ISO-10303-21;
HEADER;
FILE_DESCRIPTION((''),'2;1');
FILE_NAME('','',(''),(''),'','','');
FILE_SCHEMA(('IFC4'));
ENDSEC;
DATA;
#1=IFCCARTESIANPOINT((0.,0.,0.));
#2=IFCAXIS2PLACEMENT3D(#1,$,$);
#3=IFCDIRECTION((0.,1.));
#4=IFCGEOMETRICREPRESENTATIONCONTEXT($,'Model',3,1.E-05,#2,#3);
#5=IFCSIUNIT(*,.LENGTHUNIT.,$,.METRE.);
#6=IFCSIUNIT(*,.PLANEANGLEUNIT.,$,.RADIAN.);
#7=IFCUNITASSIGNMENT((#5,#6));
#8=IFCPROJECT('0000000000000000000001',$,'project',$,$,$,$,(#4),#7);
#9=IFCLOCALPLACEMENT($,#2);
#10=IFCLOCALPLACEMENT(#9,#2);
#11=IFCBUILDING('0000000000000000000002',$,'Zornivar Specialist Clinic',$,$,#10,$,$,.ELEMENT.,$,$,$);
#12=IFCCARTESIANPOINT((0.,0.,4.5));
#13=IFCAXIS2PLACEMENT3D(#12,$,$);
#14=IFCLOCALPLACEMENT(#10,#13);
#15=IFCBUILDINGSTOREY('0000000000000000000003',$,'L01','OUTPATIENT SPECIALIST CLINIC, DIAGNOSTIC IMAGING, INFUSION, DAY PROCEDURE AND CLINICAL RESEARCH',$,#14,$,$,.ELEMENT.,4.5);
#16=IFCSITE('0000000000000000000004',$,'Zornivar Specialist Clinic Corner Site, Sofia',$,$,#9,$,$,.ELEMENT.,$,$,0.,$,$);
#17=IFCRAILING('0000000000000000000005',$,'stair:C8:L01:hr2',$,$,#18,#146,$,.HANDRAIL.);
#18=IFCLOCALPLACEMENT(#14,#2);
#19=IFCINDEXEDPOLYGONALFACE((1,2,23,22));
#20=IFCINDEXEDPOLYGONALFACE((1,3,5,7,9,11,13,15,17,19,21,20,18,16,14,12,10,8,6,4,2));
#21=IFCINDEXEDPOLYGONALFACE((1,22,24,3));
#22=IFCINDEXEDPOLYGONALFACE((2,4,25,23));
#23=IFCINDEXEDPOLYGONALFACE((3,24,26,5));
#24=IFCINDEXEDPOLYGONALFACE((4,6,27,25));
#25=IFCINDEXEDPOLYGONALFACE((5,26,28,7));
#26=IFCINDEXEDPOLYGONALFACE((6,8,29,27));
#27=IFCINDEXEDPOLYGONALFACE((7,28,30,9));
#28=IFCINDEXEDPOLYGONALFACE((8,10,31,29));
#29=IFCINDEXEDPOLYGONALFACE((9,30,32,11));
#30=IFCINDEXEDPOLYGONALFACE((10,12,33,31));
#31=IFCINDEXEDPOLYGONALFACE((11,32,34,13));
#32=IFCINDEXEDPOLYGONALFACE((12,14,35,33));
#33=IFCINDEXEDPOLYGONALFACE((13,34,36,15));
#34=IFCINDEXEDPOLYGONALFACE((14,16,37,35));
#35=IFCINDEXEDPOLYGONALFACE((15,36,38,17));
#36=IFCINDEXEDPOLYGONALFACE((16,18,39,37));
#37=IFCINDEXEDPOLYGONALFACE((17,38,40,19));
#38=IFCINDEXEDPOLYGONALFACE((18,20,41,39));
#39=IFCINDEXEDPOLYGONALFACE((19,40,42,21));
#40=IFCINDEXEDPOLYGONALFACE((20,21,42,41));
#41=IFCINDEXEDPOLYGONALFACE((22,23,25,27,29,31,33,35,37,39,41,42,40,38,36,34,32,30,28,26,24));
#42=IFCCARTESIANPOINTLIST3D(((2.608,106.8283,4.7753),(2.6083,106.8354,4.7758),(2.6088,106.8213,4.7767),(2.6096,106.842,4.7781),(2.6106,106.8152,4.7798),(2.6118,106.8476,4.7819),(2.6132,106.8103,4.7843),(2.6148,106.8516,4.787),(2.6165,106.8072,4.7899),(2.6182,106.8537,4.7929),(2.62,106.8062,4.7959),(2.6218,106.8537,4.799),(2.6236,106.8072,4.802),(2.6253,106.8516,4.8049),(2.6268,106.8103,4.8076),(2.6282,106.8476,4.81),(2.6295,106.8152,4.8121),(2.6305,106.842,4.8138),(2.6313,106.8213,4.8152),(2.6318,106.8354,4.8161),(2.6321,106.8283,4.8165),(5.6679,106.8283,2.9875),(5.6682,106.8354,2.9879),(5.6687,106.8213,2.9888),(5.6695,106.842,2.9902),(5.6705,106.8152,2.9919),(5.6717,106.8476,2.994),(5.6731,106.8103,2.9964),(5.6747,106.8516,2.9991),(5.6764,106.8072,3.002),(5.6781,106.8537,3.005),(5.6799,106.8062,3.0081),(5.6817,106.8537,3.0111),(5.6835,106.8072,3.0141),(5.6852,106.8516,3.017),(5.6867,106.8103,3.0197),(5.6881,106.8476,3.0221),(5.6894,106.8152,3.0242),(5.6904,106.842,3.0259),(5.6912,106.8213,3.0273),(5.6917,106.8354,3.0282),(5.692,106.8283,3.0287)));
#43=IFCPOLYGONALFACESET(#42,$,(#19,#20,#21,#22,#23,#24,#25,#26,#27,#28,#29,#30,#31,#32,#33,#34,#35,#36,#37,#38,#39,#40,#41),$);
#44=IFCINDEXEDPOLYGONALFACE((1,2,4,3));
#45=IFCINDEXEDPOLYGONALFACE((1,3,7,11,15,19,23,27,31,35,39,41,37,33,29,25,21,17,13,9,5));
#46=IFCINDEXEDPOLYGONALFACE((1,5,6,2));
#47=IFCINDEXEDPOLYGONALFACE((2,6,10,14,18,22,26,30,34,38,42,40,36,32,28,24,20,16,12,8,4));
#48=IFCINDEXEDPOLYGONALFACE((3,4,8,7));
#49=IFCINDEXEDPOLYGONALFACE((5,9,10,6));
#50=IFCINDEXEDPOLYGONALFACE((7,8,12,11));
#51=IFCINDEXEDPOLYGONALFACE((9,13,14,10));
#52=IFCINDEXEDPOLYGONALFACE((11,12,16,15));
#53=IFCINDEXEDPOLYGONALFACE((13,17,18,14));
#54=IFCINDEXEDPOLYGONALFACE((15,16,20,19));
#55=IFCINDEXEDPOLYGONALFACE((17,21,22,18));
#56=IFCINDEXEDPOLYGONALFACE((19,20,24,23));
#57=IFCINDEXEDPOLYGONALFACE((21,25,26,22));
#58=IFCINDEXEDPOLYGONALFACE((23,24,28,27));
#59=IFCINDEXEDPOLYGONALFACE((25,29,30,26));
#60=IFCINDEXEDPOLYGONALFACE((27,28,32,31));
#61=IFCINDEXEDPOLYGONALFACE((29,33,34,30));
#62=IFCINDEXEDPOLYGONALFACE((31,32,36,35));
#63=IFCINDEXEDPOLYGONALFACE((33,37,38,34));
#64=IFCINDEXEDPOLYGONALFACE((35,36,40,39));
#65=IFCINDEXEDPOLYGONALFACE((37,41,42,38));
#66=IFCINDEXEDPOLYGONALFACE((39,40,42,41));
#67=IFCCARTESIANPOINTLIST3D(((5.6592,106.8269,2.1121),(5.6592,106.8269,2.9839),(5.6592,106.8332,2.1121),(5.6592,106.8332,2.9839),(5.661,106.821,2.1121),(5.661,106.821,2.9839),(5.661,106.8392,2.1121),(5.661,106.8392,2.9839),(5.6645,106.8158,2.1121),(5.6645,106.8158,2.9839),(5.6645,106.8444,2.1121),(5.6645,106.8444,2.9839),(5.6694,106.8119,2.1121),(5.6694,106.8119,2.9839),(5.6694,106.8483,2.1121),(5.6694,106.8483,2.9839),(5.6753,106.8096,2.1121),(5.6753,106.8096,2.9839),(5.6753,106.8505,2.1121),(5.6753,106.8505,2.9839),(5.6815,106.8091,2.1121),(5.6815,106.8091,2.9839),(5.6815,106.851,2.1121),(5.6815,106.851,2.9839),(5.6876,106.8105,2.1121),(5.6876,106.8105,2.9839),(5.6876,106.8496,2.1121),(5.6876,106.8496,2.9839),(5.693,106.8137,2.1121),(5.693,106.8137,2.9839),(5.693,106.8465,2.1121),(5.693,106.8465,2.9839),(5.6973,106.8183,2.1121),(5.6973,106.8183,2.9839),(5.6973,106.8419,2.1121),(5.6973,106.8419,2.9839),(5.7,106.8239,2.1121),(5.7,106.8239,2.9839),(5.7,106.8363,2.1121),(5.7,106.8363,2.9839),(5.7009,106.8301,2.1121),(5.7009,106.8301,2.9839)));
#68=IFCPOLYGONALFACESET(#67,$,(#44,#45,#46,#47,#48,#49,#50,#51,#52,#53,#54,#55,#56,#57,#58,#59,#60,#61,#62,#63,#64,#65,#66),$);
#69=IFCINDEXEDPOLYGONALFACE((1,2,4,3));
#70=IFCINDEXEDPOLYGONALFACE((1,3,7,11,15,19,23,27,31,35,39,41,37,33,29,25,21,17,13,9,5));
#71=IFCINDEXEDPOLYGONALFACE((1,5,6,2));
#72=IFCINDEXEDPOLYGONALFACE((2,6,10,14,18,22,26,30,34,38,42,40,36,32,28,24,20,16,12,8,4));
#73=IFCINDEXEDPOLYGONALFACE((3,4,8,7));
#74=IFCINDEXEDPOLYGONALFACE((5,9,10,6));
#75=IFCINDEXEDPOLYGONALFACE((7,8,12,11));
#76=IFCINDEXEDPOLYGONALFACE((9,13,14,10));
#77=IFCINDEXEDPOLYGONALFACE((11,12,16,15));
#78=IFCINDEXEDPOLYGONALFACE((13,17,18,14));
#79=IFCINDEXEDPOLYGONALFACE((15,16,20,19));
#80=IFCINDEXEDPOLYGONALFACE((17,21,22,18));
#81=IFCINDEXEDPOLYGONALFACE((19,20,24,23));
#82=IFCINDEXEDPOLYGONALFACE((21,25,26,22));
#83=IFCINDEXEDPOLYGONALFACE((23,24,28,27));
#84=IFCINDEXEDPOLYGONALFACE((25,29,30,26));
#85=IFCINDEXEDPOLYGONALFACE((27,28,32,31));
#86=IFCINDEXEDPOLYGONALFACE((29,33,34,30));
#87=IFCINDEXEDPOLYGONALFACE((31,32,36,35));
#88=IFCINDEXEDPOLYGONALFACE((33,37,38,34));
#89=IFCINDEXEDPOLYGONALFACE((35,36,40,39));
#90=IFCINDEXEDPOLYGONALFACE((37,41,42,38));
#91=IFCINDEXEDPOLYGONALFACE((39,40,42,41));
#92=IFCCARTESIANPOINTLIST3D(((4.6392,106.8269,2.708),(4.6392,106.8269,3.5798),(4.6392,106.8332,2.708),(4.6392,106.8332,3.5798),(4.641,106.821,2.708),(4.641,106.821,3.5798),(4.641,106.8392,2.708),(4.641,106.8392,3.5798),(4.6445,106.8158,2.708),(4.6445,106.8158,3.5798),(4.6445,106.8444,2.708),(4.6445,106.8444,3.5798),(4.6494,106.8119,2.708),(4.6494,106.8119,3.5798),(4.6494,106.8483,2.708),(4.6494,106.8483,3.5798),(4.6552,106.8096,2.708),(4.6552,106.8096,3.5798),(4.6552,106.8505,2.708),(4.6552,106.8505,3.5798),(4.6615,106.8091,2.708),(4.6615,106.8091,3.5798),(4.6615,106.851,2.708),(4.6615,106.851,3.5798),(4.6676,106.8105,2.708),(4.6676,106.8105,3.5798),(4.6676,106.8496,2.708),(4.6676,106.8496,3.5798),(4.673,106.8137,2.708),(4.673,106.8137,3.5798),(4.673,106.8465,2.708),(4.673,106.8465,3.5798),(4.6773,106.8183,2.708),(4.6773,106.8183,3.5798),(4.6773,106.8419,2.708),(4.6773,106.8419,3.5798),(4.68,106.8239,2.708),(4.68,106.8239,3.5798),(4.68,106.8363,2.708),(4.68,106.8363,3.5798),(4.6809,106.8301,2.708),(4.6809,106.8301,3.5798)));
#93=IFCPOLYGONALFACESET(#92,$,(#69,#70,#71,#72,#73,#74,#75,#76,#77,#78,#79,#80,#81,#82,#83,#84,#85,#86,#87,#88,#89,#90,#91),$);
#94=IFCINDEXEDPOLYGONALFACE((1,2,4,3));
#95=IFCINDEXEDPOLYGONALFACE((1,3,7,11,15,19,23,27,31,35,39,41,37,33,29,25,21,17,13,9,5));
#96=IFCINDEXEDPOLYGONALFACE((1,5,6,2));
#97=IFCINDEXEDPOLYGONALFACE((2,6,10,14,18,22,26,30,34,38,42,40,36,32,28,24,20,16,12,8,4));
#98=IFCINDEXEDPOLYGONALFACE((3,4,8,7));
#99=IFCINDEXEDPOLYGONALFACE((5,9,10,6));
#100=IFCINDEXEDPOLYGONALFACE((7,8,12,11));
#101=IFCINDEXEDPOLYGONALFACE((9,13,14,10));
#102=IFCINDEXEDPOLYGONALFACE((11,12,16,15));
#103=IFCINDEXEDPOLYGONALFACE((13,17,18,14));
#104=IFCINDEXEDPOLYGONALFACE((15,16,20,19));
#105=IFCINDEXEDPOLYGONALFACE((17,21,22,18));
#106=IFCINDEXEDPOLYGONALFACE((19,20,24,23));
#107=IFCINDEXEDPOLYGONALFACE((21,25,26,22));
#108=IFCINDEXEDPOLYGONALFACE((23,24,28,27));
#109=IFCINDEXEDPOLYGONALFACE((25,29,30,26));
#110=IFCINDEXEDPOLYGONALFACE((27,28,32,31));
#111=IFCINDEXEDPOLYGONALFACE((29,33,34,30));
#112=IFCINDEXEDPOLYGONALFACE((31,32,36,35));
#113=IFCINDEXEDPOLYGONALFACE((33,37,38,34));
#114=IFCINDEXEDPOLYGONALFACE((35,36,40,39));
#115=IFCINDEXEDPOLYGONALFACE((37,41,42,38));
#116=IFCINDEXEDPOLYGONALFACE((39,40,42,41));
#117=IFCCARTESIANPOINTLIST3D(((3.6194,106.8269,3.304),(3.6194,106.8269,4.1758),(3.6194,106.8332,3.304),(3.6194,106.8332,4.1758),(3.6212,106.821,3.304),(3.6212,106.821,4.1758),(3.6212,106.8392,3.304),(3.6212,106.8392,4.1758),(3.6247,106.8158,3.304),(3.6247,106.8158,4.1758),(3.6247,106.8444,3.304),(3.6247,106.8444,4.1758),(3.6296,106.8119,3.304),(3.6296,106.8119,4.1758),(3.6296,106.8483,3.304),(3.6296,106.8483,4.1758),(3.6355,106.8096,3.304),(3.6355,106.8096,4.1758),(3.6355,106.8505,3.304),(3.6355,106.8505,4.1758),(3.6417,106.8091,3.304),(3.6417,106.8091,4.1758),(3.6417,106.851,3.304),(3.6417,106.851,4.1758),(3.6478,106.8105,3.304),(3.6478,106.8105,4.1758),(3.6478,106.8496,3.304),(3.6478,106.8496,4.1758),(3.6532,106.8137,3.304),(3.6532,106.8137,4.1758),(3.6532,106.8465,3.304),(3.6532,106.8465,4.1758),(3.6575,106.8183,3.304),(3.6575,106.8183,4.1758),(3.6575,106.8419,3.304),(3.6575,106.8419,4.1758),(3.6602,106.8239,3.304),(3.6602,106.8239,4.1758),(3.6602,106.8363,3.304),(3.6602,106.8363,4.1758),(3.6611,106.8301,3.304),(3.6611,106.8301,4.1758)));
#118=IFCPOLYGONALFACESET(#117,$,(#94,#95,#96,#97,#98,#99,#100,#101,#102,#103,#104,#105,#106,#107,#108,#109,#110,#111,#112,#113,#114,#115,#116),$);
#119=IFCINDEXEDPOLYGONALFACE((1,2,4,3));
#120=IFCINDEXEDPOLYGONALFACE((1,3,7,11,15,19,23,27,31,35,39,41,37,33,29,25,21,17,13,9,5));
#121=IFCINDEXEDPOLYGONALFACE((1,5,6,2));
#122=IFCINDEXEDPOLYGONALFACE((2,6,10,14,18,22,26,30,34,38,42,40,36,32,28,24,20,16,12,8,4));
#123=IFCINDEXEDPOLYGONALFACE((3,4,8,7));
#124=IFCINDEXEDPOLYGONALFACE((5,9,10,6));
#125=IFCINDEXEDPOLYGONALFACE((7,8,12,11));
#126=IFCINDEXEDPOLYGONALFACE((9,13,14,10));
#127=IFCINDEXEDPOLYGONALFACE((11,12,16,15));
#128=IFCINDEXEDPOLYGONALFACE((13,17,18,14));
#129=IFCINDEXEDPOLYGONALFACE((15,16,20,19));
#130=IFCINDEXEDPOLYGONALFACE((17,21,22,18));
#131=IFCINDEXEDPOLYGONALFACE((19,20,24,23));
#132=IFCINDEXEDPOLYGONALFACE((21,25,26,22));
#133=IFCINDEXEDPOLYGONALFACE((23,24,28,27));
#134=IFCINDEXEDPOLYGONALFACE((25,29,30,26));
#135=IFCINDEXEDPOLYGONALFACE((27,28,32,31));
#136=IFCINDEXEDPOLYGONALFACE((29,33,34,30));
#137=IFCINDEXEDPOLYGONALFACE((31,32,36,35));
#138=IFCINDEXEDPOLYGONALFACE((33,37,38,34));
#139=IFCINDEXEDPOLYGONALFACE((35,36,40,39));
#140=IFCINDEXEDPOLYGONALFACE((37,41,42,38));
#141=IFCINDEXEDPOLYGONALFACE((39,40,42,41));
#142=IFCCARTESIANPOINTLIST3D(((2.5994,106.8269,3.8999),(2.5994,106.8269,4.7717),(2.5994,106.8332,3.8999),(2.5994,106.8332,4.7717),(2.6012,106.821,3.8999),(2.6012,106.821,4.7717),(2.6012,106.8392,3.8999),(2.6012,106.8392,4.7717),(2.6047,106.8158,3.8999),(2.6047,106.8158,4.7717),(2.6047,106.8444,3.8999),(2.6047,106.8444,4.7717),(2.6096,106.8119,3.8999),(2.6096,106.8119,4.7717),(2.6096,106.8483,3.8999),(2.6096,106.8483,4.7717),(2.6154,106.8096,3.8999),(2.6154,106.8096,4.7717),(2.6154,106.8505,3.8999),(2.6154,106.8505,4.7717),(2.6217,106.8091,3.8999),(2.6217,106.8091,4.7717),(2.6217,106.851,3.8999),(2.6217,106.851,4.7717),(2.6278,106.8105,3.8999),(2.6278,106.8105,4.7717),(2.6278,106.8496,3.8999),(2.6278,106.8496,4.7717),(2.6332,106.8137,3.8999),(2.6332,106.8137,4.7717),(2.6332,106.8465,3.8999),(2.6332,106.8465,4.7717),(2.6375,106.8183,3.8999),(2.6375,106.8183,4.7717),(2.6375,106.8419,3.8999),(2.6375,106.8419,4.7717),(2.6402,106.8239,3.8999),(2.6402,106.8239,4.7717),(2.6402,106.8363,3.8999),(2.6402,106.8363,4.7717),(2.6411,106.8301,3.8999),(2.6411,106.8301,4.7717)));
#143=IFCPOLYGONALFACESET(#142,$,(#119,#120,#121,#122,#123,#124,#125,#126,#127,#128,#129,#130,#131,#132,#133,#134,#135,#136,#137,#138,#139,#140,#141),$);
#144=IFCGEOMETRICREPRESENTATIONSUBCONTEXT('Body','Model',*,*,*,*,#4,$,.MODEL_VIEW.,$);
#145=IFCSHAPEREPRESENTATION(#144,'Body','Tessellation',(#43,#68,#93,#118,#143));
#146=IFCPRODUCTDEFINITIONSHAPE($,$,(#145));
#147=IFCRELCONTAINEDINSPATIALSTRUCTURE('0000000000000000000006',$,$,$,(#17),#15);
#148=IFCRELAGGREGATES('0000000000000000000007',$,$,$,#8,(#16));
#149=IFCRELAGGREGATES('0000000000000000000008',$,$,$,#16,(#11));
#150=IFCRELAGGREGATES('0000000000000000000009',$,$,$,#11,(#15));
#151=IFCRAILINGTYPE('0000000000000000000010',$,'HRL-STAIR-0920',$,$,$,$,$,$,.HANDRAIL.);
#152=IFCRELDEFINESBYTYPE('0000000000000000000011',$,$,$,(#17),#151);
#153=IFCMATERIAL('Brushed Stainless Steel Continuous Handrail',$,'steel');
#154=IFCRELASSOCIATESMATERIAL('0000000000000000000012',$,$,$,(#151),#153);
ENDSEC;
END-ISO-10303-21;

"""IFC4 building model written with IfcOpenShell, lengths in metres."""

from ifc_helpers import new_model, si_unit, direction, frame, origin, origin_2d, place, context, subcontext, project, spatial, circle, extrude, material, type_object, element, save


model = new_model("IFC4")

# Units and contexts
model_context = context("Model", 3, precision=1e-05, world=origin(), true_north=direction((0.0, 1.0)))
body_context = subcontext(model_context, "Body", "Model", "MODEL_VIEW")
ifc_project = project(units=[si_unit("LENGTHUNIT", "METRE"), si_unit("PLANEANGLEUNIT", "RADIAN")], contexts=[model_context])

# Site, building, storey
site_placement = place(None, origin())
site = spatial("IfcSite", under=ifc_project, at=site_placement, Name="Zornivar Specialist Clinic Corner Site, Sofia", CompositionType="ELEMENT", RefElevation=0.0)
building_placement = place(site_placement, origin())
building = spatial("IfcBuilding", under=site, at=building_placement, Name="Zornivar Specialist Clinic", CompositionType="ELEMENT")
storey_placement = place(building_placement, frame((0.0, 0.0, 4.5)))
storey = spatial("IfcBuildingStorey", under=building, at=storey_placement, Name="L01", Description="OUTPATIENT SPECIALIST CLINIC, DIAGNOSTIC IMAGING, INFUSION, DAY PROCEDURE AND CLINICAL RESEARCH", CompositionType="ELEMENT", Elevation=4.5)

# Railing
ifc_material_1 = material(Name="Brushed Stainless Steel Continuous Handrail", Category="steel")
railing_type_1 = type_object("IfcRailingType", Name="HRL-STAIR-0920", PredefinedType="HANDRAIL", material=ifc_material_1)
railing_1_placement = place(storey_placement, frame((5.6799, 106.8301, 2.1121)))
element("IfcRailing", 1, at=railing_1_placement, inside=storey, type_object=railing_type_1, Name="stair:C8:L01:hr2", PredefinedType="HANDRAIL", context=body_context, shape_type="SweptSolid", body=[
    extrude(circle(Radius=0.0239, at=origin_2d()), frame((0.0, 0.0, 0.896), z_axis=(-0.863416, 0.0, 0.504492), x_axis=(0.0, -1.0, 0.0)), (0.0, 0.0, 1.0), 3.5439),
    extrude(circle(Radius=0.021, at=origin_2d()), origin(), (0.0, 0.0, 1.0), 0.8718),
    extrude(circle(Radius=0.021, at=origin_2d()), frame((-1.02, 0.0, 0.5959)), (0.0, 0.0, 1.0), 0.8718),
    extrude(circle(Radius=0.021, at=origin_2d()), frame((-2.0398, 0.0, 1.1919)), (0.0, 0.0, 1.0), 0.8718),
    extrude(circle(Radius=0.021, at=origin_2d()), frame((-3.0598, 0.0, 1.7878)), (0.0, 0.0, 1.0), 0.8718),
])

save(model, "model.ifc")
